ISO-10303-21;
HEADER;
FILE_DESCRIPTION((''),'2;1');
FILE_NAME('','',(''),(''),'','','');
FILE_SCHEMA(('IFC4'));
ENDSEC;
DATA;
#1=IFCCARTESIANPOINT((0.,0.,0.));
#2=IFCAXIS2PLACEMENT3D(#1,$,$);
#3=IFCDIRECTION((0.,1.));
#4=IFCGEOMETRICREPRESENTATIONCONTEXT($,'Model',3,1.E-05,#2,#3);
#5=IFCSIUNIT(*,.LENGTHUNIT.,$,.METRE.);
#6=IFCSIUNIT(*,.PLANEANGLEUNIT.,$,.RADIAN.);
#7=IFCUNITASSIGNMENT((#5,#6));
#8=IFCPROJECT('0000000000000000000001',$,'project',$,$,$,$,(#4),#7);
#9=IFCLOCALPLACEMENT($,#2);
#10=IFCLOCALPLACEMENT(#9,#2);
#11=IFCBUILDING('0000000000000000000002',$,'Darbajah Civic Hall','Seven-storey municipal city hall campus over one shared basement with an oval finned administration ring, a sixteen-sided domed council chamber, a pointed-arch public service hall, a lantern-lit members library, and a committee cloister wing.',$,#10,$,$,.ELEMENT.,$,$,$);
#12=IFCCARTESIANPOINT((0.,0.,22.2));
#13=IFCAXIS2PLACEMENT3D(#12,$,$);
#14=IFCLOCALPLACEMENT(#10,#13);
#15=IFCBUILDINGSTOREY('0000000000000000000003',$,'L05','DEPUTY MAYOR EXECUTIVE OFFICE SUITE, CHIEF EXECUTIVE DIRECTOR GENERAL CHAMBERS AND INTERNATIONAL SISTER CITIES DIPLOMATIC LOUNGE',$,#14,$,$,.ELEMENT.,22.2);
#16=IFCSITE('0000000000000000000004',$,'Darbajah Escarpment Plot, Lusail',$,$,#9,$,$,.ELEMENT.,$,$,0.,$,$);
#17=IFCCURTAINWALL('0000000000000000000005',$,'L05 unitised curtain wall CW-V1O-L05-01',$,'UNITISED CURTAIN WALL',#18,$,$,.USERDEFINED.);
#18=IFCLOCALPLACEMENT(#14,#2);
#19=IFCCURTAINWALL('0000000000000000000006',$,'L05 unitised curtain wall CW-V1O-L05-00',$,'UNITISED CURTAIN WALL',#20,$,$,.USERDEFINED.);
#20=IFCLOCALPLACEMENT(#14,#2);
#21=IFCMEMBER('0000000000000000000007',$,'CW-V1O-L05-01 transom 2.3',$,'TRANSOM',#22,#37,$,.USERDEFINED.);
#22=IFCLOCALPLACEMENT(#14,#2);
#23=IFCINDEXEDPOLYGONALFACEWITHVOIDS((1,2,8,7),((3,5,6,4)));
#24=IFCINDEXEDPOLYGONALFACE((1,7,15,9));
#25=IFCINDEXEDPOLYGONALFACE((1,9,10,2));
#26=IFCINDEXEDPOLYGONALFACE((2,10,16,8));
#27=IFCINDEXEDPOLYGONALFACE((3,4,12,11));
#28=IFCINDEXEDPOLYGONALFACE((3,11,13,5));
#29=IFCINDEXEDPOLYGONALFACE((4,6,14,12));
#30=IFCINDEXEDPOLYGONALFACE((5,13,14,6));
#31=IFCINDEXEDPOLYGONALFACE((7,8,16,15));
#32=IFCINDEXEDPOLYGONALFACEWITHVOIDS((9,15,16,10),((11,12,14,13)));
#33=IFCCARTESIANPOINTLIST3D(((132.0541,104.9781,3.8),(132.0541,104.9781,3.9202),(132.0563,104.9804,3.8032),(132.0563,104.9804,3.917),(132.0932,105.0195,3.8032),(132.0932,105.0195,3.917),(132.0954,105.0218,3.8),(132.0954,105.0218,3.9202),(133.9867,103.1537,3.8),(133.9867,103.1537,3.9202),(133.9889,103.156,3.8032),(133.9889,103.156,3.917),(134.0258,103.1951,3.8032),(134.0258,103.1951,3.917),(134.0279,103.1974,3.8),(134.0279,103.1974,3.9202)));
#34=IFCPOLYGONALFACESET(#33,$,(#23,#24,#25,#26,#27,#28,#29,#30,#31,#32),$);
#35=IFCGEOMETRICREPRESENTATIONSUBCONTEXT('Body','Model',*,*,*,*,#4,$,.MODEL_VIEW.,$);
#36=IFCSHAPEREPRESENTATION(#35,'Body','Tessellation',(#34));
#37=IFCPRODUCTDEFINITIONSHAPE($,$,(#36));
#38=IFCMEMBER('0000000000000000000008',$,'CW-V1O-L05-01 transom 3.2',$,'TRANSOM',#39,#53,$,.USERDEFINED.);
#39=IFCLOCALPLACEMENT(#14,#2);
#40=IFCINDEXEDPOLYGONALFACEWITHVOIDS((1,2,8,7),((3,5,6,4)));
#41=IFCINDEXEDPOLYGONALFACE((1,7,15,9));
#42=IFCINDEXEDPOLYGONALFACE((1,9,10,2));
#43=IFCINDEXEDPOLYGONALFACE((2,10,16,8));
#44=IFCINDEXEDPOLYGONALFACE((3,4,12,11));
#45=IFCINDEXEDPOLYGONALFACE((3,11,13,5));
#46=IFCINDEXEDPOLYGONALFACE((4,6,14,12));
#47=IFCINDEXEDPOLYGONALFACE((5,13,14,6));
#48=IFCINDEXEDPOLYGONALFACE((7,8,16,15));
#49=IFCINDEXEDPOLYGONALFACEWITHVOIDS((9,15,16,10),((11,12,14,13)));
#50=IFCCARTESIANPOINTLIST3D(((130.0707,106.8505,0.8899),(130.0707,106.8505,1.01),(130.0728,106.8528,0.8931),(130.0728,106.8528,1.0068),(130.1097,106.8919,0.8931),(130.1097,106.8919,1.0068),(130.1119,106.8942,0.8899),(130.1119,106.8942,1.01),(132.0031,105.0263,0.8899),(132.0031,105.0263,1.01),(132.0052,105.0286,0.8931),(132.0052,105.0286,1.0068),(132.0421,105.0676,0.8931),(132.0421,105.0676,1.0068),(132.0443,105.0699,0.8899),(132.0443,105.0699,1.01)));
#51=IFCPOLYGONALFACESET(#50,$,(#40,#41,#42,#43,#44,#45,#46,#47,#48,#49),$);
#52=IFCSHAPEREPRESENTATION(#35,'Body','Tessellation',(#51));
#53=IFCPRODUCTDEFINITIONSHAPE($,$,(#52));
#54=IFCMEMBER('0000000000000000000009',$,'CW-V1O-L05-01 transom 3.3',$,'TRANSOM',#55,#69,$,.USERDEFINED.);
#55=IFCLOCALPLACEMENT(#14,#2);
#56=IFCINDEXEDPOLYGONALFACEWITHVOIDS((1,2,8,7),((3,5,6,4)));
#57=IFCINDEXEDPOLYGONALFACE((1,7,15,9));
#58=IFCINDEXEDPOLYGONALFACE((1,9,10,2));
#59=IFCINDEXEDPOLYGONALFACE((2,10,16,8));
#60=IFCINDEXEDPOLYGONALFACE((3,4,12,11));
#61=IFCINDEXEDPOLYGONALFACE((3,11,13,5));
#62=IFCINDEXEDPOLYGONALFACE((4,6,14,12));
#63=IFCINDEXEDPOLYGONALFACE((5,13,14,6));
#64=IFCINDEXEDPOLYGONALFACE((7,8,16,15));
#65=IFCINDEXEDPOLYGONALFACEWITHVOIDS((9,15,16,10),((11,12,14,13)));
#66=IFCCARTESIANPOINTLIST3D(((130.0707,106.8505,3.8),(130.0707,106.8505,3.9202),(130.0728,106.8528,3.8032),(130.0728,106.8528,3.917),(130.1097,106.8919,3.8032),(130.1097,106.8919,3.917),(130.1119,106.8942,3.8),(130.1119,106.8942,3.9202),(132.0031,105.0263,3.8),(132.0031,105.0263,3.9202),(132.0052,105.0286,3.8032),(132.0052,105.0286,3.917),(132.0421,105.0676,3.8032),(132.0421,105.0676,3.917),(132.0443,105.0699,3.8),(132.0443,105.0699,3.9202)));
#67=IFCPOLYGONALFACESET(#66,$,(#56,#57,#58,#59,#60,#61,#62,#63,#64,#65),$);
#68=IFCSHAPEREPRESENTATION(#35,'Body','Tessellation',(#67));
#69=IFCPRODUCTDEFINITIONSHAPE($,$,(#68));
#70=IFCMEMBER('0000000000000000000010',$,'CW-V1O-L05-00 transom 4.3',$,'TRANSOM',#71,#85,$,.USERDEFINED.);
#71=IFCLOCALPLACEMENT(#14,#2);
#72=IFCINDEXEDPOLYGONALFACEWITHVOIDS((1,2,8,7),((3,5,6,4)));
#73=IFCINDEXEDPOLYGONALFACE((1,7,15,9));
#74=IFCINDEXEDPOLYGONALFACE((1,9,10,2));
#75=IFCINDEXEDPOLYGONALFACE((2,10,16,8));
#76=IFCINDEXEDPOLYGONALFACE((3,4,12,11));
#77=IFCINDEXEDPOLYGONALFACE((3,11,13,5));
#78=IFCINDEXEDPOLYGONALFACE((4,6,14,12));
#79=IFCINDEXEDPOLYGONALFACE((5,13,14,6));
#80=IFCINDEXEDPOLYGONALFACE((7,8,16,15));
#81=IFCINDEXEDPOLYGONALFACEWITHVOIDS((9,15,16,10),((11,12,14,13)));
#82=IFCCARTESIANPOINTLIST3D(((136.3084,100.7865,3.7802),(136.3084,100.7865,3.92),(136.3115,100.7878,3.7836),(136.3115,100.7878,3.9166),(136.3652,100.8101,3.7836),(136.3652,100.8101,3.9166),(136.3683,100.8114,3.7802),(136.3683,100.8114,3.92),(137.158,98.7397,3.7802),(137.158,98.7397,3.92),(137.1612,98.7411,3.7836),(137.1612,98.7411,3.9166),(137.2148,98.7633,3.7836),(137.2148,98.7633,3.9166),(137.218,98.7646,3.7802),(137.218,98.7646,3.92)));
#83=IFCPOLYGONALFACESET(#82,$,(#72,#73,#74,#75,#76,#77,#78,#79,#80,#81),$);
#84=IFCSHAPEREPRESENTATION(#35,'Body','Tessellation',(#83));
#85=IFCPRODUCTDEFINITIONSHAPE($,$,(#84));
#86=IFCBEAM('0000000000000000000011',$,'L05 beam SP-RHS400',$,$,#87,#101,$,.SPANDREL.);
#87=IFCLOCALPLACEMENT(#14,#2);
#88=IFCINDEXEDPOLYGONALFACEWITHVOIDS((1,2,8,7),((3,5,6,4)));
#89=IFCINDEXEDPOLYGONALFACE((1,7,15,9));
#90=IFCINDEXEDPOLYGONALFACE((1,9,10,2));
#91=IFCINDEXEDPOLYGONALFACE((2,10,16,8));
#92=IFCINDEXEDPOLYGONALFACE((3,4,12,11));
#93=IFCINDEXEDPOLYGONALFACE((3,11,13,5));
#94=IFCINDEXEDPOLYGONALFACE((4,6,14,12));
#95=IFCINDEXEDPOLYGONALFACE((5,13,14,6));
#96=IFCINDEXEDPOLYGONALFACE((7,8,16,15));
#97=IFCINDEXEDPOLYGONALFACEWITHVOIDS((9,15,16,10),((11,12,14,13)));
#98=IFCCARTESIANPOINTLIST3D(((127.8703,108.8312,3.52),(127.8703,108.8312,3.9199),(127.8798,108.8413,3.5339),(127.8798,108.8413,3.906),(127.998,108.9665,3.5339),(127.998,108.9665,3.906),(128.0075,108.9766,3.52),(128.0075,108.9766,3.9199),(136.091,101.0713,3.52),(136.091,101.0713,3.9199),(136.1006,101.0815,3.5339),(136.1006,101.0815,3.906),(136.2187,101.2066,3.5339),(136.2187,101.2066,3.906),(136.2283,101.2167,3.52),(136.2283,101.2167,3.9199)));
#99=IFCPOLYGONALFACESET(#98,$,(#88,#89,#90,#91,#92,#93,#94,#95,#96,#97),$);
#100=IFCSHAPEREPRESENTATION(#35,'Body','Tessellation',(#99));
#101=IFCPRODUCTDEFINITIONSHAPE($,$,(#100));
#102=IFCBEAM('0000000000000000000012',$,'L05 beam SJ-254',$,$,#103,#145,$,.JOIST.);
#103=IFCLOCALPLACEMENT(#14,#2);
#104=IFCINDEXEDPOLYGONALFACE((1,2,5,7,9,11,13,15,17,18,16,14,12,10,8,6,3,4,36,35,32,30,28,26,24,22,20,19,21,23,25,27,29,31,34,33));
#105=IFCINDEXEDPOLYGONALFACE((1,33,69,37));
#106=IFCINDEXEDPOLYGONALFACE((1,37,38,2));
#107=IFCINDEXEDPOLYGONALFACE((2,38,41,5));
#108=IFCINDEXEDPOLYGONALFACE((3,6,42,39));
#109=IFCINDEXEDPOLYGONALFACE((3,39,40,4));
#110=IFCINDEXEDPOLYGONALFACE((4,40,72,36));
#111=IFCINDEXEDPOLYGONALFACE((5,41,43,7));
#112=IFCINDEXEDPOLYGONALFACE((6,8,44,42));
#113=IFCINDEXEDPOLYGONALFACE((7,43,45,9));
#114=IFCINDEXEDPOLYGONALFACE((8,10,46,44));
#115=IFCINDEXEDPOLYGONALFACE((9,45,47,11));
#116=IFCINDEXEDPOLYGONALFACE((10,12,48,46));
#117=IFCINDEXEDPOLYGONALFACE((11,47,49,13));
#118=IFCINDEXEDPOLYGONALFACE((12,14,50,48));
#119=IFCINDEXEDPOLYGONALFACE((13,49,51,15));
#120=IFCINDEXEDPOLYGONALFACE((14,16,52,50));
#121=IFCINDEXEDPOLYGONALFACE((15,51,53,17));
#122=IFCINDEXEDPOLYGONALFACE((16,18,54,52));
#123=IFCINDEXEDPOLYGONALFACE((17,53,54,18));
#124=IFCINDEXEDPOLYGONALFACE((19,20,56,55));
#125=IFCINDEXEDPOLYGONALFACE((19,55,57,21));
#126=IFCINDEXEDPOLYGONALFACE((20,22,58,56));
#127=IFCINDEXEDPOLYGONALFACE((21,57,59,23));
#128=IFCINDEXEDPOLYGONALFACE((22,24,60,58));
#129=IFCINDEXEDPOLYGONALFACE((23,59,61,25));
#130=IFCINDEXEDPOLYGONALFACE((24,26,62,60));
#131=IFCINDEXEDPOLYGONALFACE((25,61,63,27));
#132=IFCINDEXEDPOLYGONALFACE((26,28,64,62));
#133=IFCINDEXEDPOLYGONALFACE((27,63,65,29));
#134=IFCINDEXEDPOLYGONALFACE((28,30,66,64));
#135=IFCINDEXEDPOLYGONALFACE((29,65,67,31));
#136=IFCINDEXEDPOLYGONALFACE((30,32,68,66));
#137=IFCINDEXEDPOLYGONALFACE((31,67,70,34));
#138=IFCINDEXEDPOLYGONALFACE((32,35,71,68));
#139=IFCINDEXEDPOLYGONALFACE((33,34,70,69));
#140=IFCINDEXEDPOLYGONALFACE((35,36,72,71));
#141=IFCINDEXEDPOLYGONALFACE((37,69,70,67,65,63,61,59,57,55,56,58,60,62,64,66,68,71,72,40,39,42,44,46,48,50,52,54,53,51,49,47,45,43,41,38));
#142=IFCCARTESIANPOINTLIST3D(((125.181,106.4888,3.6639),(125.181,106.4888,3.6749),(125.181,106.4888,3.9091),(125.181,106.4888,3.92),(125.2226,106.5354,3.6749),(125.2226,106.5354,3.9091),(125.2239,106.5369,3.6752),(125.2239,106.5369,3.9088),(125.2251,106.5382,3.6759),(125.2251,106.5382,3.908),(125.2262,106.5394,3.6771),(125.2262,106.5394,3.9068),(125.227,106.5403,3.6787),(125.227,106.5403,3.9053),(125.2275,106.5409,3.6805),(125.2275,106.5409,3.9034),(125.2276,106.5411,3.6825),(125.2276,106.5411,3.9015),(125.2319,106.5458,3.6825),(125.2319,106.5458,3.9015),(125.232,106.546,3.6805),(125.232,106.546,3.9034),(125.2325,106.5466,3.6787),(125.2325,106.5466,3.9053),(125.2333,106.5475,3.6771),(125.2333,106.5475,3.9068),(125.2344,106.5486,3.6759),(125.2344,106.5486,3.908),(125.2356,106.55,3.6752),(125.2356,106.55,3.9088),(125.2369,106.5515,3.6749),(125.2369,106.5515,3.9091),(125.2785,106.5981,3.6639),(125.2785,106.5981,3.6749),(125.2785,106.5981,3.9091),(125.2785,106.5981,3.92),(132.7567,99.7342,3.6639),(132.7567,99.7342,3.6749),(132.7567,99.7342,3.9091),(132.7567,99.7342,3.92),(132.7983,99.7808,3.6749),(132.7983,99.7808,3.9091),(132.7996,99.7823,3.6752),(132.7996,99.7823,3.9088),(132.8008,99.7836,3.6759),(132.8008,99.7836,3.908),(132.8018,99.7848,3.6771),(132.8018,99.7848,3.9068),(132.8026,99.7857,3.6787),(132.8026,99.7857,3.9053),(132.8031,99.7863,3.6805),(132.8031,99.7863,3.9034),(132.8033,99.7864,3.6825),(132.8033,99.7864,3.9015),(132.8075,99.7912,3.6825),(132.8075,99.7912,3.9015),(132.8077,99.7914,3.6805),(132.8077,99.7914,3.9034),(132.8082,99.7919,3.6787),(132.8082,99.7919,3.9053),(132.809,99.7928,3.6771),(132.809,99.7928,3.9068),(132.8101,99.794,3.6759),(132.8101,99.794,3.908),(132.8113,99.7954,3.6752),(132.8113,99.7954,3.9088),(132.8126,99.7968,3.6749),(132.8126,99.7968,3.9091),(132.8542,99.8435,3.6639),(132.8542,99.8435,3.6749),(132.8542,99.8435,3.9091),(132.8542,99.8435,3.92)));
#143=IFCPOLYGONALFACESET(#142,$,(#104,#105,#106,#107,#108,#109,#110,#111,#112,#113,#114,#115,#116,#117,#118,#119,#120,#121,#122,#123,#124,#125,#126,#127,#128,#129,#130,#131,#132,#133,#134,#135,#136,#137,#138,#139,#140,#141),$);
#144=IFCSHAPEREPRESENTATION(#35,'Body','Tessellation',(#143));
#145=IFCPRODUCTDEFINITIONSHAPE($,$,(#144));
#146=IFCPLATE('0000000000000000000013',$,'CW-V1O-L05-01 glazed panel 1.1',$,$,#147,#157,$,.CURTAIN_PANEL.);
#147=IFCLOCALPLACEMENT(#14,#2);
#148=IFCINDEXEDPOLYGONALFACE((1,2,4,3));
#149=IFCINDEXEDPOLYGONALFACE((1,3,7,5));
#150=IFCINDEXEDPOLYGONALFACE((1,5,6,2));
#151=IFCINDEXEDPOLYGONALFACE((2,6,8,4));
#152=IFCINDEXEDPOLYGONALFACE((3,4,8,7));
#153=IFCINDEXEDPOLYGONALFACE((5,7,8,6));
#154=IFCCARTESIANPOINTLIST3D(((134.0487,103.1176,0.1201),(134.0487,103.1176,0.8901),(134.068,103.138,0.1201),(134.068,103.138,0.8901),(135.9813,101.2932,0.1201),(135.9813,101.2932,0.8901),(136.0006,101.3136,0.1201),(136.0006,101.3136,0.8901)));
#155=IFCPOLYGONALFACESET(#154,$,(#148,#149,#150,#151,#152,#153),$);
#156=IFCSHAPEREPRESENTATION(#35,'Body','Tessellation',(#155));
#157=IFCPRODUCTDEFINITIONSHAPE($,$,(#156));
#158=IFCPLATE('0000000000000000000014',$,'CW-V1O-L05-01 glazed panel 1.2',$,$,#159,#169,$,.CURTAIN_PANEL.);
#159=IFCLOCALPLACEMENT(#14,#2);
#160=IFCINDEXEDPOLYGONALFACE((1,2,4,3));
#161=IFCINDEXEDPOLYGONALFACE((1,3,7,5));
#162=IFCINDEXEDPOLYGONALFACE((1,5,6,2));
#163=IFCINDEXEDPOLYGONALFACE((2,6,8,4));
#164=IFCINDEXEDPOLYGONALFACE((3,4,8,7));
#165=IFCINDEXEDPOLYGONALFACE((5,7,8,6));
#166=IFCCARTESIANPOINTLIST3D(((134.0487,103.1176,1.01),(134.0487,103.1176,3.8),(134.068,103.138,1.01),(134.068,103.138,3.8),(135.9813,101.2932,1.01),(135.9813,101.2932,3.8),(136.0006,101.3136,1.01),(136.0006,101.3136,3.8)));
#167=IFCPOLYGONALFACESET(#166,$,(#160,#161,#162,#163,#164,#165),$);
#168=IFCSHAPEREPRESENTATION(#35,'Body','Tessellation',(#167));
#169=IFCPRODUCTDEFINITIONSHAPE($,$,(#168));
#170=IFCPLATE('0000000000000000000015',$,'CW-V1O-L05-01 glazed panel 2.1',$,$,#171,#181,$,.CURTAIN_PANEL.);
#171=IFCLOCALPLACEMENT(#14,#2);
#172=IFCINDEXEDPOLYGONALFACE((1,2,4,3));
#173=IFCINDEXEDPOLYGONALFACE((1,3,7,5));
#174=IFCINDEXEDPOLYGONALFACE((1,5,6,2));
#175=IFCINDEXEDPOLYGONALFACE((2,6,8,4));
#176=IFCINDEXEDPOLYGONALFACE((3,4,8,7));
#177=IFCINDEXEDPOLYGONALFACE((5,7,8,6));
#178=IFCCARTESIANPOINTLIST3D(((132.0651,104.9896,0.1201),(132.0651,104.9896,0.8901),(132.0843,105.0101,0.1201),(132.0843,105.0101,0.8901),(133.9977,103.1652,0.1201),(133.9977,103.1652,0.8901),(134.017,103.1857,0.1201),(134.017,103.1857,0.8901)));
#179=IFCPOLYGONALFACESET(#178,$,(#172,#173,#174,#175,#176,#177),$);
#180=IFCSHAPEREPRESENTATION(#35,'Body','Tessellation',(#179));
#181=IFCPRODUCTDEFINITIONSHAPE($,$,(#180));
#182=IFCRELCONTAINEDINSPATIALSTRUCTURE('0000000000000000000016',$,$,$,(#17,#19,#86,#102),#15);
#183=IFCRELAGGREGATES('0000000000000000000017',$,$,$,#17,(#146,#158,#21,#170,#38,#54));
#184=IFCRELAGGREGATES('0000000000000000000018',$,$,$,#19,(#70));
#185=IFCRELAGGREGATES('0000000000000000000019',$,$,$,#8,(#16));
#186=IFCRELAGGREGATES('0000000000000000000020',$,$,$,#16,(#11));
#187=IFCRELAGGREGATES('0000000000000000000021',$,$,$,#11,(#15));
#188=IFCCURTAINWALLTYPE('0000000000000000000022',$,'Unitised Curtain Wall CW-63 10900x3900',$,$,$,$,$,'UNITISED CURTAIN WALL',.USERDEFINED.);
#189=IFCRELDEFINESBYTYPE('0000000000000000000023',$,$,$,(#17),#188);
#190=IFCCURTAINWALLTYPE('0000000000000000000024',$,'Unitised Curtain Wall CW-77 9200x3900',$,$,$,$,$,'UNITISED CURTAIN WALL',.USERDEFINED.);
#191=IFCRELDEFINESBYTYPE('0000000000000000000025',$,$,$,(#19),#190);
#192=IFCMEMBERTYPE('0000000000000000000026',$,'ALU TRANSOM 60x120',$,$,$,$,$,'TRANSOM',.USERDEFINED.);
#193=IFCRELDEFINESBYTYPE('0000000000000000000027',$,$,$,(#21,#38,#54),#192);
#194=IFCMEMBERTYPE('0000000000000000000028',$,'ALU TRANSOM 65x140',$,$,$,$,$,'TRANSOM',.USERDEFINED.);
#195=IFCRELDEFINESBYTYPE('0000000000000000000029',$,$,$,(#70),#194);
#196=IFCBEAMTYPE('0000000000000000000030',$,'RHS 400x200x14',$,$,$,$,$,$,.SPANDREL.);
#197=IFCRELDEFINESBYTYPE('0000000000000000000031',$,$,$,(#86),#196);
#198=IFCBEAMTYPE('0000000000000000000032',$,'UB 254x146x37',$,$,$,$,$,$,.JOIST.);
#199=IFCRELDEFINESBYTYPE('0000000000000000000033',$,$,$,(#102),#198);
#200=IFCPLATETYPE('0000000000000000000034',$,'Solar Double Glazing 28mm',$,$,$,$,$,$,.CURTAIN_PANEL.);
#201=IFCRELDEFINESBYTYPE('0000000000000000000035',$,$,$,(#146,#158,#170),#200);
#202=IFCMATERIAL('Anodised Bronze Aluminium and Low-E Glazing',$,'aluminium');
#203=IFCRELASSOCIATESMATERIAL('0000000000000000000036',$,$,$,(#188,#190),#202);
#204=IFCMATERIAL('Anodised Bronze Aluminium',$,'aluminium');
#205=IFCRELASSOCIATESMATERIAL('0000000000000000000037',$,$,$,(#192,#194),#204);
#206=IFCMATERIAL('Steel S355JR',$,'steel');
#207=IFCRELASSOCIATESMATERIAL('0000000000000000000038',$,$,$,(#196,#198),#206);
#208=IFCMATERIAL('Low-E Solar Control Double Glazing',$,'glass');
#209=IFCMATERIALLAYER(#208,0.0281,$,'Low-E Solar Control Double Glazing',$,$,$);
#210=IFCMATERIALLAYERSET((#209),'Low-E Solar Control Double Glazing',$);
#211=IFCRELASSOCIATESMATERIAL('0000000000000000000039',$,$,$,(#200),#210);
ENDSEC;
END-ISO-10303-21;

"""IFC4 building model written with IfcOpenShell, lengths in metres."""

from ifc_helpers import new_model, si_unit, direction, frame, origin, origin_2d, place, context, subcontext, project, spatial, rectangle, hollow_rectangle, i_section, extrude, material, layer, layer_set, material_profile, profile_set, type_object, element, aggregate, save


model = new_model("IFC4")

# Units and contexts
model_context = context("Model", 3, precision=1e-05, world=origin(), true_north=direction((0.0, 1.0)))
body_context = subcontext(model_context, "Body", "Model", "MODEL_VIEW")
ifc_project = project(units=[si_unit("LENGTHUNIT", "METRE"), si_unit("PLANEANGLEUNIT", "RADIAN")], contexts=[model_context])

# Site, building, storey
site_placement = place(None, origin())
site = spatial("IfcSite", under=ifc_project, at=site_placement, Name="Darbajah Escarpment Plot, Lusail", CompositionType="ELEMENT", RefElevation=0.0)
building_placement = place(site_placement, origin())
building = spatial("IfcBuilding", under=site, at=building_placement, Name="Darbajah Civic Hall", Description="Seven-storey municipal city hall campus over one shared basement with an oval finned administration ring, a sixteen-sided domed council chamber, a pointed-arch public service hall, a lantern-lit members library, and a committee cloister wing.", CompositionType="ELEMENT")
storey_placement = place(building_placement, frame((0.0, 0.0, 22.2)))
storey = spatial("IfcBuildingStorey", under=building, at=storey_placement, Name="L05", Description="DEPUTY MAYOR EXECUTIVE OFFICE SUITE, CHIEF EXECUTIVE DIRECTOR GENERAL CHAMBERS AND INTERNATIONAL SISTER CITIES DIPLOMATIC LOUNGE", CompositionType="ELEMENT", Elevation=22.2)

# Curtain wall
ifc_material_1 = material(Name="Anodised Bronze Aluminium and Low-E Glazing", Category="aluminium")
curtain_wall_type_1 = type_object("IfcCurtainWallType", Name="Unitised Curtain Wall CW-63 10900x3900", ElementType="UNITISED CURTAIN WALL", PredefinedType="USERDEFINED", material=ifc_material_1)
curtain_wall_1_placement = place(storey_placement, origin())
curtain_wall_1 = element("IfcCurtainWall", 1, at=curtain_wall_1_placement, inside=storey, type_object=curtain_wall_type_1, Name="L05 unitised curtain wall CW-V1O-L05-01", ObjectType="UNITISED CURTAIN WALL", PredefinedType="USERDEFINED")
ifc_material_2 = material(Name="Anodised Bronze Aluminium", Category="aluminium")

# Curtain wall
curtain_wall_type_2 = type_object("IfcCurtainWallType", Name="Unitised Curtain Wall CW-77 9200x3900", ElementType="UNITISED CURTAIN WALL", PredefinedType="USERDEFINED", material=ifc_material_1)
curtain_wall_2_placement = place(storey_placement, origin())
curtain_wall_2 = element("IfcCurtainWall", 2, at=curtain_wall_2_placement, inside=storey, type_object=curtain_wall_type_2, Name="L05 unitised curtain wall CW-V1O-L05-00", ObjectType="UNITISED CURTAIN WALL", PredefinedType="USERDEFINED")

# Members
ifc_material_profile_1 = material_profile(ifc_material_2, hollow_rectangle(XDim=0.0601, YDim=0.1201, WallThickness=0.0032, at=origin_2d()), Name="ALU TRANSOM 60x120")
ifc_profile_set_1 = profile_set([ifc_material_profile_1], Name="Anodised Bronze Aluminium")
member_type_1 = type_object("IfcMemberType", Name="ALU TRANSOM 60x120", ElementType="TRANSOM", PredefinedType="USERDEFINED", material=ifc_profile_set_1)
member_1_placement = place(storey_placement, frame((134.0073, 103.1755, 3.8601), z_axis=(-0.727161, 0.686467, 0.0), x_axis=(-0.686467, -0.727161, 0.0)))
member_1 = element("IfcMember", 3, at=member_1_placement, type_object=member_type_1, Name="CW-V1O-L05-01 transom 2.3", ObjectType="TRANSOM", PredefinedType="USERDEFINED", context=body_context, shape_type="SweptSolid", body=[
    extrude(hollow_rectangle(XDim=0.0601, YDim=0.1201, WallThickness=0.0032, at=origin_2d()), origin(), (0.0, 0.0, 1.0), 2.6577),
])
member_2_placement = place(storey_placement, frame((132.0237, 105.0481, 0.95), z_axis=(-0.727163, 0.686464, 0.0), x_axis=(-0.686464, -0.727163, 0.0)))
member_2 = element("IfcMember", 4, at=member_2_placement, type_object=member_type_1, Name="CW-V1O-L05-01 transom 3.2", ObjectType="TRANSOM", PredefinedType="USERDEFINED", context=body_context, shape_type="SweptSolid", body=[
    extrude(hollow_rectangle(XDim=0.0601, YDim=0.1201, WallThickness=0.0032, at=origin_2d()), origin(), (0.0, 0.0, 1.0), 2.6575),
])
member_3_placement = place(storey_placement, frame((132.0237, 105.0481, 3.8601), z_axis=(-0.727163, 0.686464, 0.0), x_axis=(-0.686464, -0.727163, 0.0)))
member_3 = element("IfcMember", 5, at=member_3_placement, type_object=member_type_1, Name="CW-V1O-L05-01 transom 3.3", ObjectType="TRANSOM", PredefinedType="USERDEFINED", context=body_context, shape_type="SweptSolid", body=[
    extrude(hollow_rectangle(XDim=0.0601, YDim=0.1201, WallThickness=0.0032, at=origin_2d()), origin(), (0.0, 0.0, 1.0), 2.6575),
])
ifc_material_profile_2 = material_profile(ifc_material_2, hollow_rectangle(XDim=0.0649, YDim=0.1399, WallThickness=0.0034, at=origin_2d()), Name="ALU TRANSOM 65x140")
ifc_profile_set_2 = profile_set([ifc_material_profile_2], Name="Anodised Bronze Aluminium")
member_type_2 = type_object("IfcMemberType", Name="ALU TRANSOM 65x140", ElementType="TRANSOM", PredefinedType="USERDEFINED", material=ifc_profile_set_2)
member_4_placement = place(storey_placement, frame((137.188, 98.7522, 3.8501), z_axis=(-0.383402, 0.923581, 0.0), x_axis=(-0.923581, -0.383402, 0.0)))
member_4 = element("IfcMember", 6, at=member_4_placement, type_object=member_type_2, Name="CW-V1O-L05-00 transom 4.3", ObjectType="TRANSOM", PredefinedType="USERDEFINED", context=body_context, shape_type="SweptSolid", body=[
    extrude(hollow_rectangle(XDim=0.0649, YDim=0.1399, WallThickness=0.0034, at=origin_2d()), origin(), (0.0, 0.0, 1.0), 2.2161),
])

# Beams
ifc_material_3 = material(Name="Steel S355JR", Category="steel")
ifc_material_profile_3 = material_profile(ifc_material_3, hollow_rectangle(XDim=0.2, YDim=0.3999, WallThickness=0.0139, at=origin_2d()), Name="RHS 400x200x14")
ifc_profile_set_3 = profile_set([ifc_material_profile_3], Name="Steel S355JR")
beam_type_1 = type_object("IfcBeamType", Name="RHS 400x200x14", PredefinedType="SPANDREL", material=ifc_profile_set_3)
beam_1_placement = place(storey_placement, frame((136.1597, 101.144, 3.72), z_axis=(-0.7272, 0.686426, 0.0), x_axis=(-0.686426, -0.7272, 0.0)))
element("IfcBeam", 7, at=beam_1_placement, inside=storey, type_object=beam_type_1, Name="L05 beam SP-RHS400", PredefinedType="SPANDREL", context=body_context, shape_type="SweptSolid", body=[
    extrude(hollow_rectangle(XDim=0.2, YDim=0.3999, WallThickness=0.0139, at=origin_2d()), origin(), (0.0, 0.0, 1.0), 11.3047),
])
ifc_material_profile_4 = material_profile(ifc_material_3, i_section(OverallWidth=0.1465, OverallDepth=0.2561, WebThickness=0.0063, FlangeThickness=0.011, FilletRadius=0.0076, at=origin_2d()), Name="UB 254x146x37")
ifc_profile_set_4 = profile_set([ifc_material_profile_4], Name="Steel S355JR")
beam_type_2 = type_object("IfcBeamType", Name="UB 254x146x37", PredefinedType="JOIST", material=ifc_profile_set_4)
beam_2_placement = place(storey_placement, frame((132.8054, 99.7888, 3.792), z_axis=(-0.746396, 0.665502, 0.0), x_axis=(-0.665502, -0.746396, 0.0)))
element("IfcBeam", 8, at=beam_2_placement, inside=storey, type_object=beam_type_2, Name="L05 beam SJ-254", PredefinedType="JOIST", context=body_context, shape_type="SweptSolid", body=[
    extrude(i_section(OverallWidth=0.1465, OverallDepth=0.2561, WebThickness=0.0063, FlangeThickness=0.011, FilletRadius=0.0076, at=origin_2d()), origin(), (0.0, 0.0, 1.0), 10.1497),
])

# Plates
ifc_material_4 = material(Name="Low-E Solar Control Double Glazing", Category="glass")
ifc_layer_1 = layer(ifc_material_4, 0.0281, Name="Low-E Solar Control Double Glazing")
ifc_layer_set_1 = layer_set([ifc_layer_1], Name="Low-E Solar Control Double Glazing")
plate_type_1 = type_object("IfcPlateType", Name="Solar Double Glazing 28mm", PredefinedType="CURTAIN_PANEL", material=ifc_layer_set_1)
plate_1_placement = place(storey_placement, frame((135.0247, 102.2156, 0.1201), z_axis=(0.0, 0.0, 1.0), x_axis=(-0.727174, 0.686453, 0.0)))
plate_1 = element("IfcPlate", 9, at=plate_1_placement, type_object=plate_type_1, Name="CW-V1O-L05-01 glazed panel 1.1", PredefinedType="CURTAIN_PANEL", context=body_context, shape_type="SweptSolid", body=[
    extrude(rectangle(XDim=2.6577, YDim=0.0281, at=origin_2d()), origin(), (0.0, 0.0, 1.0), 0.77),
])
plate_2_placement = place(storey_placement, frame((135.0247, 102.2156, 1.01), z_axis=(0.0, 0.0, 1.0), x_axis=(-0.727174, 0.686453, 0.0)))
plate_2 = element("IfcPlate", 10, at=plate_2_placement, type_object=plate_type_1, Name="CW-V1O-L05-01 glazed panel 1.2", PredefinedType="CURTAIN_PANEL", context=body_context, shape_type="SweptSolid", body=[
    extrude(rectangle(XDim=2.6577, YDim=0.0281, at=origin_2d()), origin(), (0.0, 0.0, 1.0), 2.79),
])
plate_3_placement = place(storey_placement, frame((133.041, 104.0876, 0.1201), z_axis=(0.0, 0.0, 1.0), x_axis=(-0.727174, 0.686453, 0.0)))
plate_3 = element("IfcPlate", 11, at=plate_3_placement, type_object=plate_type_1, Name="CW-V1O-L05-01 glazed panel 2.1", PredefinedType="CURTAIN_PANEL", context=body_context, shape_type="SweptSolid", body=[
    extrude(rectangle(XDim=2.6577, YDim=0.0281, at=origin_2d()), origin(), (0.0, 0.0, 1.0), 0.77),
])
aggregate(curtain_wall_1, [plate_1, plate_2, member_1, plate_3, member_2, member_3])
aggregate(curtain_wall_2, [member_4])

save(model, "model.ifc")
